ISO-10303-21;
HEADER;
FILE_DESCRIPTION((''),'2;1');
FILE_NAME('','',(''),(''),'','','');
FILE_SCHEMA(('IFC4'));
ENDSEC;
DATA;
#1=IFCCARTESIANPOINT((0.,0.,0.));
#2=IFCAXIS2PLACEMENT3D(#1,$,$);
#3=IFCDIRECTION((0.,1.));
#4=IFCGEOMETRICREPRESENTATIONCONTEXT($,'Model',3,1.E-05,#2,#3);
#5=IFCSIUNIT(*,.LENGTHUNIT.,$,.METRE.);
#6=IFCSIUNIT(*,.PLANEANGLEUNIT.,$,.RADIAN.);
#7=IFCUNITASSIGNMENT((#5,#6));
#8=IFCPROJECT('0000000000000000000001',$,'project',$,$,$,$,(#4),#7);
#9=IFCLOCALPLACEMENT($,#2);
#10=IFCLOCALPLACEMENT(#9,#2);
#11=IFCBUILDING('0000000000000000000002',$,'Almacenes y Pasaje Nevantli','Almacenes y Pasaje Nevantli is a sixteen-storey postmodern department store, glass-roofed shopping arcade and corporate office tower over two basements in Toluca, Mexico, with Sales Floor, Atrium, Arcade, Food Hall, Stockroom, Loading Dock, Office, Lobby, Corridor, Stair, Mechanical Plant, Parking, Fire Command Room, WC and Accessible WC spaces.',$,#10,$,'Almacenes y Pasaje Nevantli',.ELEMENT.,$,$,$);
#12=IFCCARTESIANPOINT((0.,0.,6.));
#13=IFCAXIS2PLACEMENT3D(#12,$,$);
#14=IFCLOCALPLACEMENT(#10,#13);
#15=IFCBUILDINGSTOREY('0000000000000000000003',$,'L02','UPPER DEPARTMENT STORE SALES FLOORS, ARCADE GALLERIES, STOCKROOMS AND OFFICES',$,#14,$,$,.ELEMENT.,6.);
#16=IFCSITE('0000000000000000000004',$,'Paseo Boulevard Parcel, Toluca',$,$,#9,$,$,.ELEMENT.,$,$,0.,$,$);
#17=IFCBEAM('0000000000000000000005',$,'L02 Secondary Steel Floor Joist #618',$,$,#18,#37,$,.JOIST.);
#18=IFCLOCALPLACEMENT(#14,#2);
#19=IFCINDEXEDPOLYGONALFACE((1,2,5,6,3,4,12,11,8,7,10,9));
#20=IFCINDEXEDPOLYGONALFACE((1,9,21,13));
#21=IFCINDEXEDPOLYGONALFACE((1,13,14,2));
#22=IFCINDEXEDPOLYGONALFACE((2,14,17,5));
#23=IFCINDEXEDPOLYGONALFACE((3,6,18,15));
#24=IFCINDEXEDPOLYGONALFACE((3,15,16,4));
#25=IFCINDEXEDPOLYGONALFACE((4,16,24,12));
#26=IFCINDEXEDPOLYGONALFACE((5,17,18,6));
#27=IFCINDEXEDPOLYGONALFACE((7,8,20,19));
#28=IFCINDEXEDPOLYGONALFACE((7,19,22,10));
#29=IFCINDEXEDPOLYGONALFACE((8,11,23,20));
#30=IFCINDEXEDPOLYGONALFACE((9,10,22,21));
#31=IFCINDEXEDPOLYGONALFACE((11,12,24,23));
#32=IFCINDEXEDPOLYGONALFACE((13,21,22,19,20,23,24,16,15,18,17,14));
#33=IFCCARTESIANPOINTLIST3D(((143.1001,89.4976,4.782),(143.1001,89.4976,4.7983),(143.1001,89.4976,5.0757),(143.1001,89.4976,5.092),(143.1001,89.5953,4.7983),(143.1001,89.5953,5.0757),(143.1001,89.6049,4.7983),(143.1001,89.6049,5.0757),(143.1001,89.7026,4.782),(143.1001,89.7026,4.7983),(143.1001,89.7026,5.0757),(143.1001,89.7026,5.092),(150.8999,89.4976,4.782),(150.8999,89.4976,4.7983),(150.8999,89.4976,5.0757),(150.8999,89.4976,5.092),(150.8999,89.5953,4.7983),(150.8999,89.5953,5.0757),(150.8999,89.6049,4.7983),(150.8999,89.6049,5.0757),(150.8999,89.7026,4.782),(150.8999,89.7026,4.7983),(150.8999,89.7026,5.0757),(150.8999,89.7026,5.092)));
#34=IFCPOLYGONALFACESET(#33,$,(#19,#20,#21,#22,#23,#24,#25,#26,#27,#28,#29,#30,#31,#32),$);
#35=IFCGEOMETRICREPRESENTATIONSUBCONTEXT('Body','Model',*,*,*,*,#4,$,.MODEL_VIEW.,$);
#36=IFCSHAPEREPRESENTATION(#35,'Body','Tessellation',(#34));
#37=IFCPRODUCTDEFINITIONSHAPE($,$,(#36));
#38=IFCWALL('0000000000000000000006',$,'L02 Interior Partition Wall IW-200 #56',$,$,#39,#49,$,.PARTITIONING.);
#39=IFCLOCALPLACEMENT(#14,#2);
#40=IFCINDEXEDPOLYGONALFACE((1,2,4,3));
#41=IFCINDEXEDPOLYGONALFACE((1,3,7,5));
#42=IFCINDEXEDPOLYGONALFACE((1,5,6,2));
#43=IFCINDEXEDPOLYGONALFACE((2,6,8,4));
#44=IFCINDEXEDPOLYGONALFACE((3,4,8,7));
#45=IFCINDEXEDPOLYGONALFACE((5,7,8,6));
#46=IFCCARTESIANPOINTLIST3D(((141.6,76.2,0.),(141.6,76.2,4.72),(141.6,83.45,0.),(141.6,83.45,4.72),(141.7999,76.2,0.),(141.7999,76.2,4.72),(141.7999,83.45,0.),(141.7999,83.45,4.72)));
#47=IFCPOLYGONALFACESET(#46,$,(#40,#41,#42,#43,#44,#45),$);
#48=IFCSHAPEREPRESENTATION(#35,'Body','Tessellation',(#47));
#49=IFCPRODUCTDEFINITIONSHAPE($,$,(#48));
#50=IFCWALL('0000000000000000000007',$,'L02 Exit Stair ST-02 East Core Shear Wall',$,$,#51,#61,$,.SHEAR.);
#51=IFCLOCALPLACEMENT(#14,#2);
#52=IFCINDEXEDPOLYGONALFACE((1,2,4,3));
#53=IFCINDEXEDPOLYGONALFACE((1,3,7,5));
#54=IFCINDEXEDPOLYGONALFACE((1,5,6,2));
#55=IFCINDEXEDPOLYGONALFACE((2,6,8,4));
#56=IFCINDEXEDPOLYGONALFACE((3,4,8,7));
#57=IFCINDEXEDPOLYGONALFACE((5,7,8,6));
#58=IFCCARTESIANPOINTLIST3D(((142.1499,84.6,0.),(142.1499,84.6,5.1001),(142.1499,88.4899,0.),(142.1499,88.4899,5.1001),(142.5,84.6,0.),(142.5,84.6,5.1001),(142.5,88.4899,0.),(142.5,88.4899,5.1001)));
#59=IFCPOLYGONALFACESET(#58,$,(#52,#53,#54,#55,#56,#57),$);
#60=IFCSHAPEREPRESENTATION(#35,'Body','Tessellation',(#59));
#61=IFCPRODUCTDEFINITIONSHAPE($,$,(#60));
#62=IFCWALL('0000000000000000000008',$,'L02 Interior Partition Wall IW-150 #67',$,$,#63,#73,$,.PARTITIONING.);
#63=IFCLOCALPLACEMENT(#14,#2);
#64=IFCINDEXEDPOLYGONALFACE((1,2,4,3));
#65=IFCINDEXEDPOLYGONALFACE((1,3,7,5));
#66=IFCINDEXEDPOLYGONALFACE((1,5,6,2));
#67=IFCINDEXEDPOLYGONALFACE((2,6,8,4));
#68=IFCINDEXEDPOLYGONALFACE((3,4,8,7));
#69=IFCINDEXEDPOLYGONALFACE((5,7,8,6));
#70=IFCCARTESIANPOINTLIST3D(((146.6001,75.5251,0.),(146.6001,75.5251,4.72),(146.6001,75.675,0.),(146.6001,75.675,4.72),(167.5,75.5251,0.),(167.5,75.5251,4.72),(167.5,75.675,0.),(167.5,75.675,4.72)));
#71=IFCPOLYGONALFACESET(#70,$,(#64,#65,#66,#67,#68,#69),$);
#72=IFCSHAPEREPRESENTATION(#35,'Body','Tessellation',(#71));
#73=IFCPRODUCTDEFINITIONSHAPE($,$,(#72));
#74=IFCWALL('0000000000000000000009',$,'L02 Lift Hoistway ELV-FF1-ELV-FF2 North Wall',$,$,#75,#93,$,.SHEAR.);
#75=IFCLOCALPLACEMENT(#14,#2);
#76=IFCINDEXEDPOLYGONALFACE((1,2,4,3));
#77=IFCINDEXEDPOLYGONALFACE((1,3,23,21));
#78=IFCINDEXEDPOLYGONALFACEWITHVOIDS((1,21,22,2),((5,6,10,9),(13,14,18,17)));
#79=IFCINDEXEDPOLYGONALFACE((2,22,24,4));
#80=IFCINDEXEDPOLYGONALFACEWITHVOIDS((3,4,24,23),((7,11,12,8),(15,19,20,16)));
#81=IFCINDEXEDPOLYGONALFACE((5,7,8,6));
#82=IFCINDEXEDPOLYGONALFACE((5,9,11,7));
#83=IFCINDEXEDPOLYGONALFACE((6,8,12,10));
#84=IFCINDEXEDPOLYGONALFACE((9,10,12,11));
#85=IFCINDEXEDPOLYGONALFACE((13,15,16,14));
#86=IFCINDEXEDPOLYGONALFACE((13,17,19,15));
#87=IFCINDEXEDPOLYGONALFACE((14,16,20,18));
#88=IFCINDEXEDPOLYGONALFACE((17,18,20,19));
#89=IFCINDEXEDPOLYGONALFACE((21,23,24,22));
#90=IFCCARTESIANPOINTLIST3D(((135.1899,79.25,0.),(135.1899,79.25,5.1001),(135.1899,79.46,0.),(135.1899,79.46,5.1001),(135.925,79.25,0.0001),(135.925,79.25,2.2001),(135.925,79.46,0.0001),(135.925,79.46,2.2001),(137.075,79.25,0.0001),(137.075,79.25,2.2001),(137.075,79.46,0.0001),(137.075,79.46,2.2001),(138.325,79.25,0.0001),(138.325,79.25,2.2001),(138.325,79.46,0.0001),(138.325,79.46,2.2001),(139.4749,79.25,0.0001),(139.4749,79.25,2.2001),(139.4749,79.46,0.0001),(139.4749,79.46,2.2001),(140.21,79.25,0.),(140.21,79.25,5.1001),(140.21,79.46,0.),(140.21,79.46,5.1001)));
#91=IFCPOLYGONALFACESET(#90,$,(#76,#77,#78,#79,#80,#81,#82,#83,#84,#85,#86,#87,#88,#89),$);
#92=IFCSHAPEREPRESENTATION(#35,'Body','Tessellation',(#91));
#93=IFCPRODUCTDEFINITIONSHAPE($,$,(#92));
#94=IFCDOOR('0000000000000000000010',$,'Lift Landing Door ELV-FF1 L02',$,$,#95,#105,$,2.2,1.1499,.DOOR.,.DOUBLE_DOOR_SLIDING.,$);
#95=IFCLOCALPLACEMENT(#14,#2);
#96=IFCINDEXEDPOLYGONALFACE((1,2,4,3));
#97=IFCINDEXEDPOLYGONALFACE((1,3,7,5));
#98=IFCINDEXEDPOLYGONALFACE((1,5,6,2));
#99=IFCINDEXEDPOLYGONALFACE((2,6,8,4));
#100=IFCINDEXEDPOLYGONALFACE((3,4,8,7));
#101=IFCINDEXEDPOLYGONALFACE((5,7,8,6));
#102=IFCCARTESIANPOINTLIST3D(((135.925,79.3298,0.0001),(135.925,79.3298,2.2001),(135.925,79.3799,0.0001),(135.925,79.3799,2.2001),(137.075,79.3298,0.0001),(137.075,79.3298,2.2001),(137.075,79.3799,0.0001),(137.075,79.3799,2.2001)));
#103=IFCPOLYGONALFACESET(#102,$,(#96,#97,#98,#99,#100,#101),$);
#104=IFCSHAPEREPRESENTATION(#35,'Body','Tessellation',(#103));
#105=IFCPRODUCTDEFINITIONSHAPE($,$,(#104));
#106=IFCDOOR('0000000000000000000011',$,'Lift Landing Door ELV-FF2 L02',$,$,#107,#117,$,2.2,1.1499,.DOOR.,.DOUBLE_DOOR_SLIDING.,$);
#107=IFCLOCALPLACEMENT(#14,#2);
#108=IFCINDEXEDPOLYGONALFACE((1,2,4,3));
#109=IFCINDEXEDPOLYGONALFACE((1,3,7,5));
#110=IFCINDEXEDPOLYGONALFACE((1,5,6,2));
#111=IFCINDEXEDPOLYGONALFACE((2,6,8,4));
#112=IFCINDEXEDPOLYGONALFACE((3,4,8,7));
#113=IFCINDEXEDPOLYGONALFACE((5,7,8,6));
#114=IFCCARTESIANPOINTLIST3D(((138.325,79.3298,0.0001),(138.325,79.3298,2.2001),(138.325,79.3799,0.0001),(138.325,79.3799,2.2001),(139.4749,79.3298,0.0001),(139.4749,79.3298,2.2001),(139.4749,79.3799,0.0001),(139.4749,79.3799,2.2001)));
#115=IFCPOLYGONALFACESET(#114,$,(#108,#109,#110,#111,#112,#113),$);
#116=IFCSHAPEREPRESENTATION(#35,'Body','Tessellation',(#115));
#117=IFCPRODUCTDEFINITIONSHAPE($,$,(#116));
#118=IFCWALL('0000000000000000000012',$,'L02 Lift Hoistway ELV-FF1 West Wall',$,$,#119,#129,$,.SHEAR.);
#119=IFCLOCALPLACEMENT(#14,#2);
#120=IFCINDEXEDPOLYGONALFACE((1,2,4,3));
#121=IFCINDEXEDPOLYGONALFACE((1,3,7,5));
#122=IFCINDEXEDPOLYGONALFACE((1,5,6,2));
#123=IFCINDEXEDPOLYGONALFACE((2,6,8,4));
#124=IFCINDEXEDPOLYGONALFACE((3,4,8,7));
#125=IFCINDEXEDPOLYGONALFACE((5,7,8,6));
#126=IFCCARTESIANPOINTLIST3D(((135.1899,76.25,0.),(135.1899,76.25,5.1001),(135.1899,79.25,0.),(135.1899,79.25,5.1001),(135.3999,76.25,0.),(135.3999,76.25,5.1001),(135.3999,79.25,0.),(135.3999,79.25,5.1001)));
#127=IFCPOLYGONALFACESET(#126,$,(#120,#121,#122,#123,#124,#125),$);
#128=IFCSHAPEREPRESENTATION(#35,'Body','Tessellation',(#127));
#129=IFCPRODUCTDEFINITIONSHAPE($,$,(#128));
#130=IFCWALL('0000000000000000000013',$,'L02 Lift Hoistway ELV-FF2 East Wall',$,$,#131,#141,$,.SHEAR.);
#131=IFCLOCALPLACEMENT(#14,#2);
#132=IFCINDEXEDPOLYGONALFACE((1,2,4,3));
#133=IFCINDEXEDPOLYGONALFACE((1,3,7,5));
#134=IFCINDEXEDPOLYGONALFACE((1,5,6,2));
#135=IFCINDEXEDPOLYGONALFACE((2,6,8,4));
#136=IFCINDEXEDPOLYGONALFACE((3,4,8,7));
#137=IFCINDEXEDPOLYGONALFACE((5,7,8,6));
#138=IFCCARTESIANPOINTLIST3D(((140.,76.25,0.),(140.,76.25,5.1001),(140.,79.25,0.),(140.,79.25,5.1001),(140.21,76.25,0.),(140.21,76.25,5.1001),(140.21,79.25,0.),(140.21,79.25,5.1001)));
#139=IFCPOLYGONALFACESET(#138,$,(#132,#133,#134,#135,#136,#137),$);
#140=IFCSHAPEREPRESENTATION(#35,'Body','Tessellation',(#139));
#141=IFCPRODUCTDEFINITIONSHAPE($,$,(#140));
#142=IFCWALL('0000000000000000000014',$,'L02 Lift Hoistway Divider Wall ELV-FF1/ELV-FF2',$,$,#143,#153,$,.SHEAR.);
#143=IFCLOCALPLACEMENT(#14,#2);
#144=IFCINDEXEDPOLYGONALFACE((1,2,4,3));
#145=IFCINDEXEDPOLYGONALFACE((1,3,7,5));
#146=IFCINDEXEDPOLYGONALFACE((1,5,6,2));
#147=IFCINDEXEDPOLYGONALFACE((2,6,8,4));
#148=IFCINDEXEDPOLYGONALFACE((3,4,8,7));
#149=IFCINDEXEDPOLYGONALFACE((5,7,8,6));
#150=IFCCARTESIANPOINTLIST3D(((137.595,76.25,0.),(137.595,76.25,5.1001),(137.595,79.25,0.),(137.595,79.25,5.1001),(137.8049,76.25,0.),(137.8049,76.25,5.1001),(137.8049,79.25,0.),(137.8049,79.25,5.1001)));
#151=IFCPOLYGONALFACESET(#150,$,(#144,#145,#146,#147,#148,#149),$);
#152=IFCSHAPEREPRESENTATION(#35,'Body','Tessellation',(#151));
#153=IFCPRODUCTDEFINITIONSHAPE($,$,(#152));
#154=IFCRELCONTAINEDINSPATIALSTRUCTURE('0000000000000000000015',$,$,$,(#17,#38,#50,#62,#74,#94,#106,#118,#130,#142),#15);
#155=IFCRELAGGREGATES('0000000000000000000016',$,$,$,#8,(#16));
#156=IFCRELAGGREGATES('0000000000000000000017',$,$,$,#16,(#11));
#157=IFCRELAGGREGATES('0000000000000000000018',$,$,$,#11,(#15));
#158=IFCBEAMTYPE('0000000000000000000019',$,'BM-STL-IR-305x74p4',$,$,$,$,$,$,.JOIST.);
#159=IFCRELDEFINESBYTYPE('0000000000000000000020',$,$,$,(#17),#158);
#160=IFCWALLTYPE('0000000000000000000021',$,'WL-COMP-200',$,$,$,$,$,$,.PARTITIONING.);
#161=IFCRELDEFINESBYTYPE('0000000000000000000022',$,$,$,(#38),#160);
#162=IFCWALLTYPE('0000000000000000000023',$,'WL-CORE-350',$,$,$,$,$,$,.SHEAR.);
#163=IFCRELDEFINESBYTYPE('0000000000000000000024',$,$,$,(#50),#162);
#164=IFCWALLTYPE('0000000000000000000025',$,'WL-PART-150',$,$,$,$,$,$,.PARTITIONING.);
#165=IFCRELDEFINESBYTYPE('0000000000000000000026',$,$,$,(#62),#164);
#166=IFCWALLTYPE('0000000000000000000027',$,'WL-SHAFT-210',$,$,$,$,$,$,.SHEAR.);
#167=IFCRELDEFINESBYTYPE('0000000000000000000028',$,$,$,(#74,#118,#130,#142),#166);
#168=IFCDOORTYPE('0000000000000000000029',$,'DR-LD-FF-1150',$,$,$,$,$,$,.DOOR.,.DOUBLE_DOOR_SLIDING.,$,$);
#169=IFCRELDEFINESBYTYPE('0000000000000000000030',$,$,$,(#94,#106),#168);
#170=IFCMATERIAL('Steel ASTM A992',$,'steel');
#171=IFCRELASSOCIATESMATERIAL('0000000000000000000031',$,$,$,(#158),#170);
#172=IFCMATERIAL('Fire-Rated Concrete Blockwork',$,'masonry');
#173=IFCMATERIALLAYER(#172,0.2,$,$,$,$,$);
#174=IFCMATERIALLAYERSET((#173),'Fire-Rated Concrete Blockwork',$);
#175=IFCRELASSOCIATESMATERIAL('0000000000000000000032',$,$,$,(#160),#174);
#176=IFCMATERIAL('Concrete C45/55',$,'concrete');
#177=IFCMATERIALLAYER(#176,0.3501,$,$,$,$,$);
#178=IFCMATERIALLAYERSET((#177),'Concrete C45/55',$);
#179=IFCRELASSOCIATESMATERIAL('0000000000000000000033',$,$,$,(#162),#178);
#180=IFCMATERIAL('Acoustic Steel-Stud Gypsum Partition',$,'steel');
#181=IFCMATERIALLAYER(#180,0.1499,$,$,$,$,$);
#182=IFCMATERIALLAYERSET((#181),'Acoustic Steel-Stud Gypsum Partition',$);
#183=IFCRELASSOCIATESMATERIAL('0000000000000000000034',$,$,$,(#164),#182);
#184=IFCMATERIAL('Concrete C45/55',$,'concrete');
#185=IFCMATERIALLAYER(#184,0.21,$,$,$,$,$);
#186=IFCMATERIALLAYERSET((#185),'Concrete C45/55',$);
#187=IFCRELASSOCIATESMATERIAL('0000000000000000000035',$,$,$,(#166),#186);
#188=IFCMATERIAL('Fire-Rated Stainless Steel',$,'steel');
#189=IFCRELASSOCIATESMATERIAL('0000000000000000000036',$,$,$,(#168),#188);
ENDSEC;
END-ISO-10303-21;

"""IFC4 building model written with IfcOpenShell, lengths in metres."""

from ifc_helpers import new_model, si_unit, direction, frame, frame_2d, origin, origin_2d, place, context, subcontext, project, spatial, rectangle, i_section, extrude, material, layer, layer_set, material_profile, profile_set, type_object, element, fill, save


model = new_model("IFC4")

# Units and contexts
model_context = context("Model", 3, precision=1e-05, world=origin(), true_north=direction((0.0, 1.0)))
body_context = subcontext(model_context, "Body", "Model", "MODEL_VIEW")
ifc_project = project(units=[si_unit("LENGTHUNIT", "METRE"), si_unit("PLANEANGLEUNIT", "RADIAN")], contexts=[model_context])

# Site, building, storey
site_placement = place(None, origin())
site = spatial("IfcSite", under=ifc_project, at=site_placement, Name="Paseo Boulevard Parcel, Toluca", CompositionType="ELEMENT", RefElevation=0.0)
building_placement = place(site_placement, origin())
building = spatial("IfcBuilding", under=site, at=building_placement, Name="Almacenes y Pasaje Nevantli", Description="Almacenes y Pasaje Nevantli is a sixteen-storey postmodern department store, glass-roofed shopping arcade and corporate office tower over two basements in Toluca, Mexico, with Sales Floor, Atrium, Arcade, Food Hall, Stockroom, Loading Dock, Office, Lobby, Corridor, Stair, Mechanical Plant, Parking, Fire Command Room, WC and Accessible WC spaces.", LongName="Almacenes y Pasaje Nevantli", CompositionType="ELEMENT")
storey_placement = place(building_placement, frame((0.0, 0.0, 6.0)))
storey = spatial("IfcBuildingStorey", under=building, at=storey_placement, Name="L02", Description="UPPER DEPARTMENT STORE SALES FLOORS, ARCADE GALLERIES, STOCKROOMS AND OFFICES", CompositionType="ELEMENT", Elevation=6.0)

# Beam
ifc_material_1 = material(Name="Steel ASTM A992", Category="steel")
ifc_material_profile_1 = material_profile(ifc_material_1, i_section(OverallWidth=0.2051, OverallDepth=0.3101, WebThickness=0.0095, FlangeThickness=0.0164, at=origin_2d()), Name="IR 305x74.4")
ifc_profile_set_1 = profile_set([ifc_material_profile_1], Name="Steel ASTM A992")
beam_type_1 = type_object("IfcBeamType", Name="BM-STL-IR-305x74p4", PredefinedType="JOIST", material=ifc_profile_set_1)
for number, where, z_axis, x_axis, name in (
    (1, (143.1001, 89.6001, 4.937), (1.0, 0.0, 0.0), (0.0, 1.0, 0.0), "L02 Secondary Steel Floor Joist #618"),
):
    element("IfcBeam", number, at=place(storey_placement, frame(where, z_axis=z_axis, x_axis=x_axis)), inside=storey, type_object=beam_type_1, Name=name, PredefinedType="JOIST", context=body_context, shape_type="SweptSolid", body=[
        extrude(i_section(OverallWidth=0.2051, OverallDepth=0.3101, WebThickness=0.0095, FlangeThickness=0.0164, at=origin_2d()), origin(), (0.0, 0.0, 1.0), 7.7998),
    ])

# Walls
ifc_material_2 = material(Name="Fire-Rated Concrete Blockwork", Category="masonry")
ifc_layer_1 = layer(ifc_material_2, 0.2)
ifc_layer_set_1 = layer_set([ifc_layer_1], Name="Fire-Rated Concrete Blockwork")
wall_type_1 = type_object("IfcWallType", Name="WL-COMP-200", PredefinedType="PARTITIONING", material=ifc_layer_set_1)
wall_1_placement = place(storey_placement, frame((141.7, 76.2, 0.0), z_axis=(0.0, 0.0, 1.0), x_axis=(0.0, 1.0, 0.0)))
element("IfcWall", 2, at=wall_1_placement, inside=storey, type_object=wall_type_1, Name="L02 Interior Partition Wall IW-200 #56", PredefinedType="PARTITIONING", context=body_context, shape_type="SweptSolid", body=[
    extrude(rectangle(XDim=7.25, YDim=0.2, at=frame_2d((3.625, 0.0))), origin(), (0.0, 0.0, 1.0), 4.72),
])
ifc_material_3 = material(Name="Concrete C45/55", Category="concrete")
ifc_layer_2 = layer(ifc_material_3, 0.3501)
ifc_layer_set_2 = layer_set([ifc_layer_2], Name="Concrete C45/55")
wall_type_2 = type_object("IfcWallType", Name="WL-CORE-350", PredefinedType="SHEAR", material=ifc_layer_set_2)
wall_2_placement = place(storey_placement, frame((142.325, 84.6001, 0.0), z_axis=(0.0, 0.0, 1.0), x_axis=(0.0, 1.0, 0.0)))
element("IfcWall", 3, at=wall_2_placement, inside=storey, type_object=wall_type_2, Name="L02 Exit Stair ST-02 East Core Shear Wall", PredefinedType="SHEAR", context=body_context, shape_type="SweptSolid", body=[
    extrude(rectangle(XDim=3.8899, YDim=0.3501, at=frame_2d((1.9448, 0.0))), origin(), (0.0, 0.0, 1.0), 5.1001),
])
ifc_material_4 = material(Name="Acoustic Steel-Stud Gypsum Partition", Category="steel")
ifc_layer_3 = layer(ifc_material_4, 0.1499)
ifc_layer_set_3 = layer_set([ifc_layer_3], Name="Acoustic Steel-Stud Gypsum Partition")
wall_type_3 = type_object("IfcWallType", Name="WL-PART-150", PredefinedType="PARTITIONING", material=ifc_layer_set_3)
wall_3_placement = place(storey_placement, frame((146.6001, 75.6001, 0.0), z_axis=(0.0, 0.0, 1.0), x_axis=(1.0, 0.0, 0.0)))
element("IfcWall", 4, at=wall_3_placement, inside=storey, type_object=wall_type_3, Name="L02 Interior Partition Wall IW-150 #67", PredefinedType="PARTITIONING", context=body_context, shape_type="SweptSolid", body=[
    extrude(rectangle(XDim=20.8999, YDim=0.1499, at=frame_2d((10.45, 0.0))), origin(), (0.0, 0.0, 1.0), 4.72),
])

# Wall, openings, doors
ifc_material_5 = material(Name="Concrete C45/55", Category="concrete")
ifc_layer_4 = layer(ifc_material_5, 0.21)
ifc_layer_set_4 = layer_set([ifc_layer_4], Name="Concrete C45/55")
wall_type_4 = type_object("IfcWallType", Name="WL-SHAFT-210", PredefinedType="SHEAR", material=ifc_layer_set_4)
wall_4_placement = place(storey_placement, frame((135.1899, 79.355, 0.0), z_axis=(0.0, 0.0, 1.0), x_axis=(1.0, 0.0, 0.0)))
wall_4 = element("IfcWall", 5, at=wall_4_placement, inside=storey, type_object=wall_type_4, Name="L02 Lift Hoistway ELV-FF1-ELV-FF2 North Wall", PredefinedType="SHEAR", context=body_context, shape_type="SweptSolid", body=[
    extrude(rectangle(XDim=5.02, YDim=0.21, at=frame_2d((2.51, 0.0))), origin(), (0.0, 0.0, 1.0), 5.1001),
])
opening_1_placement = place(wall_4_placement, frame((0.7351, 0.0, 0.0)))
opening_1 = element("IfcOpeningElement", 6, at=opening_1_placement, cuts=wall_4, PredefinedType="OPENING", context=body_context, shape_type="SweptSolid", body=[
    extrude(rectangle(XDim=1.1499, YDim=2.2, at=frame_2d((0.575, 1.1001))), frame((0.0, 0.115, 0.0), z_axis=(0.0, -1.0, 0.0), x_axis=(1.0, 0.0, 0.0)), (0.0, 0.0, 1.0), 0.23),
])
opening_2_placement = place(wall_4_placement, frame((3.135, 0.0, 0.0)))
opening_2 = element("IfcOpeningElement", 7, at=opening_2_placement, cuts=wall_4, PredefinedType="OPENING", context=body_context, shape_type="SweptSolid", body=[
    extrude(rectangle(XDim=1.1499, YDim=2.2, at=frame_2d((0.575, 1.1001))), frame((0.0, 0.115, 0.0), z_axis=(0.0, -1.0, 0.0), x_axis=(1.0, 0.0, 0.0)), (0.0, 0.0, 1.0), 0.23),
])
ifc_material_6 = material(Name="Fire-Rated Stainless Steel", Category="steel")
door_type = type_object("IfcDoorType", Name="DR-LD-FF-1150", OperationType="DOUBLE_DOOR_SLIDING", PredefinedType="DOOR", material=ifc_material_6)
door_1_placement = place(opening_1_placement, origin())
door_1 = element("IfcDoor", 8, at=door_1_placement, inside=storey, type_object=door_type, Name="Lift Landing Door ELV-FF1 L02", OperationType="DOUBLE_DOOR_SLIDING", OverallHeight=2.2, OverallWidth=1.1499, PredefinedType="DOOR", context=body_context, shape_type="SweptSolid", body=[
    extrude(rectangle(XDim=1.1499, YDim=2.2, at=frame_2d((0.575, 1.1001))), frame((0.0, 0.0249, 0.0), z_axis=(0.0, -1.0, 0.0), x_axis=(1.0, 0.0, 0.0)), (0.0, 0.0, 1.0), 0.05),
])
fill(opening_1, door_1)
door_2_placement = place(opening_2_placement, origin())
door_2 = element("IfcDoor", 9, at=door_2_placement, inside=storey, type_object=door_type, Name="Lift Landing Door ELV-FF2 L02", OperationType="DOUBLE_DOOR_SLIDING", OverallHeight=2.2, OverallWidth=1.1499, PredefinedType="DOOR", context=body_context, shape_type="SweptSolid", body=[
    extrude(rectangle(XDim=1.1499, YDim=2.2, at=frame_2d((0.575, 1.1001))), frame((0.0, 0.0249, 0.0), z_axis=(0.0, -1.0, 0.0), x_axis=(1.0, 0.0, 0.0)), (0.0, 0.0, 1.0), 0.05),
])
fill(opening_2, door_2)

# Walls
for number, where, z_axis, x_axis, name in (
    (10, (135.2949, 76.25, 0.0), (0.0, 0.0, 1.0), (0.0, 1.0, 0.0), "L02 Lift Hoistway ELV-FF1 West Wall"),
    (11, (140.105, 76.25, 0.0), (0.0, 0.0, 1.0), (0.0, 1.0, 0.0), "L02 Lift Hoistway ELV-FF2 East Wall"),
    (12, (137.7, 76.25, 0.0), (0.0, 0.0, 1.0), (0.0, 1.0, 0.0), "L02 Lift Hoistway Divider Wall ELV-FF1/ELV-FF2"),
):
    element("IfcWall", number, at=place(storey_placement, frame(where, z_axis=z_axis, x_axis=x_axis)), inside=storey, type_object=wall_type_4, Name=name, PredefinedType="SHEAR", context=body_context, shape_type="SweptSolid", body=[
        extrude(rectangle(XDim=3.0, YDim=0.21, at=frame_2d((1.5, 0.0))), origin(), (0.0, 0.0, 1.0), 5.1001),
    ])

save(model, "model.ifc")
